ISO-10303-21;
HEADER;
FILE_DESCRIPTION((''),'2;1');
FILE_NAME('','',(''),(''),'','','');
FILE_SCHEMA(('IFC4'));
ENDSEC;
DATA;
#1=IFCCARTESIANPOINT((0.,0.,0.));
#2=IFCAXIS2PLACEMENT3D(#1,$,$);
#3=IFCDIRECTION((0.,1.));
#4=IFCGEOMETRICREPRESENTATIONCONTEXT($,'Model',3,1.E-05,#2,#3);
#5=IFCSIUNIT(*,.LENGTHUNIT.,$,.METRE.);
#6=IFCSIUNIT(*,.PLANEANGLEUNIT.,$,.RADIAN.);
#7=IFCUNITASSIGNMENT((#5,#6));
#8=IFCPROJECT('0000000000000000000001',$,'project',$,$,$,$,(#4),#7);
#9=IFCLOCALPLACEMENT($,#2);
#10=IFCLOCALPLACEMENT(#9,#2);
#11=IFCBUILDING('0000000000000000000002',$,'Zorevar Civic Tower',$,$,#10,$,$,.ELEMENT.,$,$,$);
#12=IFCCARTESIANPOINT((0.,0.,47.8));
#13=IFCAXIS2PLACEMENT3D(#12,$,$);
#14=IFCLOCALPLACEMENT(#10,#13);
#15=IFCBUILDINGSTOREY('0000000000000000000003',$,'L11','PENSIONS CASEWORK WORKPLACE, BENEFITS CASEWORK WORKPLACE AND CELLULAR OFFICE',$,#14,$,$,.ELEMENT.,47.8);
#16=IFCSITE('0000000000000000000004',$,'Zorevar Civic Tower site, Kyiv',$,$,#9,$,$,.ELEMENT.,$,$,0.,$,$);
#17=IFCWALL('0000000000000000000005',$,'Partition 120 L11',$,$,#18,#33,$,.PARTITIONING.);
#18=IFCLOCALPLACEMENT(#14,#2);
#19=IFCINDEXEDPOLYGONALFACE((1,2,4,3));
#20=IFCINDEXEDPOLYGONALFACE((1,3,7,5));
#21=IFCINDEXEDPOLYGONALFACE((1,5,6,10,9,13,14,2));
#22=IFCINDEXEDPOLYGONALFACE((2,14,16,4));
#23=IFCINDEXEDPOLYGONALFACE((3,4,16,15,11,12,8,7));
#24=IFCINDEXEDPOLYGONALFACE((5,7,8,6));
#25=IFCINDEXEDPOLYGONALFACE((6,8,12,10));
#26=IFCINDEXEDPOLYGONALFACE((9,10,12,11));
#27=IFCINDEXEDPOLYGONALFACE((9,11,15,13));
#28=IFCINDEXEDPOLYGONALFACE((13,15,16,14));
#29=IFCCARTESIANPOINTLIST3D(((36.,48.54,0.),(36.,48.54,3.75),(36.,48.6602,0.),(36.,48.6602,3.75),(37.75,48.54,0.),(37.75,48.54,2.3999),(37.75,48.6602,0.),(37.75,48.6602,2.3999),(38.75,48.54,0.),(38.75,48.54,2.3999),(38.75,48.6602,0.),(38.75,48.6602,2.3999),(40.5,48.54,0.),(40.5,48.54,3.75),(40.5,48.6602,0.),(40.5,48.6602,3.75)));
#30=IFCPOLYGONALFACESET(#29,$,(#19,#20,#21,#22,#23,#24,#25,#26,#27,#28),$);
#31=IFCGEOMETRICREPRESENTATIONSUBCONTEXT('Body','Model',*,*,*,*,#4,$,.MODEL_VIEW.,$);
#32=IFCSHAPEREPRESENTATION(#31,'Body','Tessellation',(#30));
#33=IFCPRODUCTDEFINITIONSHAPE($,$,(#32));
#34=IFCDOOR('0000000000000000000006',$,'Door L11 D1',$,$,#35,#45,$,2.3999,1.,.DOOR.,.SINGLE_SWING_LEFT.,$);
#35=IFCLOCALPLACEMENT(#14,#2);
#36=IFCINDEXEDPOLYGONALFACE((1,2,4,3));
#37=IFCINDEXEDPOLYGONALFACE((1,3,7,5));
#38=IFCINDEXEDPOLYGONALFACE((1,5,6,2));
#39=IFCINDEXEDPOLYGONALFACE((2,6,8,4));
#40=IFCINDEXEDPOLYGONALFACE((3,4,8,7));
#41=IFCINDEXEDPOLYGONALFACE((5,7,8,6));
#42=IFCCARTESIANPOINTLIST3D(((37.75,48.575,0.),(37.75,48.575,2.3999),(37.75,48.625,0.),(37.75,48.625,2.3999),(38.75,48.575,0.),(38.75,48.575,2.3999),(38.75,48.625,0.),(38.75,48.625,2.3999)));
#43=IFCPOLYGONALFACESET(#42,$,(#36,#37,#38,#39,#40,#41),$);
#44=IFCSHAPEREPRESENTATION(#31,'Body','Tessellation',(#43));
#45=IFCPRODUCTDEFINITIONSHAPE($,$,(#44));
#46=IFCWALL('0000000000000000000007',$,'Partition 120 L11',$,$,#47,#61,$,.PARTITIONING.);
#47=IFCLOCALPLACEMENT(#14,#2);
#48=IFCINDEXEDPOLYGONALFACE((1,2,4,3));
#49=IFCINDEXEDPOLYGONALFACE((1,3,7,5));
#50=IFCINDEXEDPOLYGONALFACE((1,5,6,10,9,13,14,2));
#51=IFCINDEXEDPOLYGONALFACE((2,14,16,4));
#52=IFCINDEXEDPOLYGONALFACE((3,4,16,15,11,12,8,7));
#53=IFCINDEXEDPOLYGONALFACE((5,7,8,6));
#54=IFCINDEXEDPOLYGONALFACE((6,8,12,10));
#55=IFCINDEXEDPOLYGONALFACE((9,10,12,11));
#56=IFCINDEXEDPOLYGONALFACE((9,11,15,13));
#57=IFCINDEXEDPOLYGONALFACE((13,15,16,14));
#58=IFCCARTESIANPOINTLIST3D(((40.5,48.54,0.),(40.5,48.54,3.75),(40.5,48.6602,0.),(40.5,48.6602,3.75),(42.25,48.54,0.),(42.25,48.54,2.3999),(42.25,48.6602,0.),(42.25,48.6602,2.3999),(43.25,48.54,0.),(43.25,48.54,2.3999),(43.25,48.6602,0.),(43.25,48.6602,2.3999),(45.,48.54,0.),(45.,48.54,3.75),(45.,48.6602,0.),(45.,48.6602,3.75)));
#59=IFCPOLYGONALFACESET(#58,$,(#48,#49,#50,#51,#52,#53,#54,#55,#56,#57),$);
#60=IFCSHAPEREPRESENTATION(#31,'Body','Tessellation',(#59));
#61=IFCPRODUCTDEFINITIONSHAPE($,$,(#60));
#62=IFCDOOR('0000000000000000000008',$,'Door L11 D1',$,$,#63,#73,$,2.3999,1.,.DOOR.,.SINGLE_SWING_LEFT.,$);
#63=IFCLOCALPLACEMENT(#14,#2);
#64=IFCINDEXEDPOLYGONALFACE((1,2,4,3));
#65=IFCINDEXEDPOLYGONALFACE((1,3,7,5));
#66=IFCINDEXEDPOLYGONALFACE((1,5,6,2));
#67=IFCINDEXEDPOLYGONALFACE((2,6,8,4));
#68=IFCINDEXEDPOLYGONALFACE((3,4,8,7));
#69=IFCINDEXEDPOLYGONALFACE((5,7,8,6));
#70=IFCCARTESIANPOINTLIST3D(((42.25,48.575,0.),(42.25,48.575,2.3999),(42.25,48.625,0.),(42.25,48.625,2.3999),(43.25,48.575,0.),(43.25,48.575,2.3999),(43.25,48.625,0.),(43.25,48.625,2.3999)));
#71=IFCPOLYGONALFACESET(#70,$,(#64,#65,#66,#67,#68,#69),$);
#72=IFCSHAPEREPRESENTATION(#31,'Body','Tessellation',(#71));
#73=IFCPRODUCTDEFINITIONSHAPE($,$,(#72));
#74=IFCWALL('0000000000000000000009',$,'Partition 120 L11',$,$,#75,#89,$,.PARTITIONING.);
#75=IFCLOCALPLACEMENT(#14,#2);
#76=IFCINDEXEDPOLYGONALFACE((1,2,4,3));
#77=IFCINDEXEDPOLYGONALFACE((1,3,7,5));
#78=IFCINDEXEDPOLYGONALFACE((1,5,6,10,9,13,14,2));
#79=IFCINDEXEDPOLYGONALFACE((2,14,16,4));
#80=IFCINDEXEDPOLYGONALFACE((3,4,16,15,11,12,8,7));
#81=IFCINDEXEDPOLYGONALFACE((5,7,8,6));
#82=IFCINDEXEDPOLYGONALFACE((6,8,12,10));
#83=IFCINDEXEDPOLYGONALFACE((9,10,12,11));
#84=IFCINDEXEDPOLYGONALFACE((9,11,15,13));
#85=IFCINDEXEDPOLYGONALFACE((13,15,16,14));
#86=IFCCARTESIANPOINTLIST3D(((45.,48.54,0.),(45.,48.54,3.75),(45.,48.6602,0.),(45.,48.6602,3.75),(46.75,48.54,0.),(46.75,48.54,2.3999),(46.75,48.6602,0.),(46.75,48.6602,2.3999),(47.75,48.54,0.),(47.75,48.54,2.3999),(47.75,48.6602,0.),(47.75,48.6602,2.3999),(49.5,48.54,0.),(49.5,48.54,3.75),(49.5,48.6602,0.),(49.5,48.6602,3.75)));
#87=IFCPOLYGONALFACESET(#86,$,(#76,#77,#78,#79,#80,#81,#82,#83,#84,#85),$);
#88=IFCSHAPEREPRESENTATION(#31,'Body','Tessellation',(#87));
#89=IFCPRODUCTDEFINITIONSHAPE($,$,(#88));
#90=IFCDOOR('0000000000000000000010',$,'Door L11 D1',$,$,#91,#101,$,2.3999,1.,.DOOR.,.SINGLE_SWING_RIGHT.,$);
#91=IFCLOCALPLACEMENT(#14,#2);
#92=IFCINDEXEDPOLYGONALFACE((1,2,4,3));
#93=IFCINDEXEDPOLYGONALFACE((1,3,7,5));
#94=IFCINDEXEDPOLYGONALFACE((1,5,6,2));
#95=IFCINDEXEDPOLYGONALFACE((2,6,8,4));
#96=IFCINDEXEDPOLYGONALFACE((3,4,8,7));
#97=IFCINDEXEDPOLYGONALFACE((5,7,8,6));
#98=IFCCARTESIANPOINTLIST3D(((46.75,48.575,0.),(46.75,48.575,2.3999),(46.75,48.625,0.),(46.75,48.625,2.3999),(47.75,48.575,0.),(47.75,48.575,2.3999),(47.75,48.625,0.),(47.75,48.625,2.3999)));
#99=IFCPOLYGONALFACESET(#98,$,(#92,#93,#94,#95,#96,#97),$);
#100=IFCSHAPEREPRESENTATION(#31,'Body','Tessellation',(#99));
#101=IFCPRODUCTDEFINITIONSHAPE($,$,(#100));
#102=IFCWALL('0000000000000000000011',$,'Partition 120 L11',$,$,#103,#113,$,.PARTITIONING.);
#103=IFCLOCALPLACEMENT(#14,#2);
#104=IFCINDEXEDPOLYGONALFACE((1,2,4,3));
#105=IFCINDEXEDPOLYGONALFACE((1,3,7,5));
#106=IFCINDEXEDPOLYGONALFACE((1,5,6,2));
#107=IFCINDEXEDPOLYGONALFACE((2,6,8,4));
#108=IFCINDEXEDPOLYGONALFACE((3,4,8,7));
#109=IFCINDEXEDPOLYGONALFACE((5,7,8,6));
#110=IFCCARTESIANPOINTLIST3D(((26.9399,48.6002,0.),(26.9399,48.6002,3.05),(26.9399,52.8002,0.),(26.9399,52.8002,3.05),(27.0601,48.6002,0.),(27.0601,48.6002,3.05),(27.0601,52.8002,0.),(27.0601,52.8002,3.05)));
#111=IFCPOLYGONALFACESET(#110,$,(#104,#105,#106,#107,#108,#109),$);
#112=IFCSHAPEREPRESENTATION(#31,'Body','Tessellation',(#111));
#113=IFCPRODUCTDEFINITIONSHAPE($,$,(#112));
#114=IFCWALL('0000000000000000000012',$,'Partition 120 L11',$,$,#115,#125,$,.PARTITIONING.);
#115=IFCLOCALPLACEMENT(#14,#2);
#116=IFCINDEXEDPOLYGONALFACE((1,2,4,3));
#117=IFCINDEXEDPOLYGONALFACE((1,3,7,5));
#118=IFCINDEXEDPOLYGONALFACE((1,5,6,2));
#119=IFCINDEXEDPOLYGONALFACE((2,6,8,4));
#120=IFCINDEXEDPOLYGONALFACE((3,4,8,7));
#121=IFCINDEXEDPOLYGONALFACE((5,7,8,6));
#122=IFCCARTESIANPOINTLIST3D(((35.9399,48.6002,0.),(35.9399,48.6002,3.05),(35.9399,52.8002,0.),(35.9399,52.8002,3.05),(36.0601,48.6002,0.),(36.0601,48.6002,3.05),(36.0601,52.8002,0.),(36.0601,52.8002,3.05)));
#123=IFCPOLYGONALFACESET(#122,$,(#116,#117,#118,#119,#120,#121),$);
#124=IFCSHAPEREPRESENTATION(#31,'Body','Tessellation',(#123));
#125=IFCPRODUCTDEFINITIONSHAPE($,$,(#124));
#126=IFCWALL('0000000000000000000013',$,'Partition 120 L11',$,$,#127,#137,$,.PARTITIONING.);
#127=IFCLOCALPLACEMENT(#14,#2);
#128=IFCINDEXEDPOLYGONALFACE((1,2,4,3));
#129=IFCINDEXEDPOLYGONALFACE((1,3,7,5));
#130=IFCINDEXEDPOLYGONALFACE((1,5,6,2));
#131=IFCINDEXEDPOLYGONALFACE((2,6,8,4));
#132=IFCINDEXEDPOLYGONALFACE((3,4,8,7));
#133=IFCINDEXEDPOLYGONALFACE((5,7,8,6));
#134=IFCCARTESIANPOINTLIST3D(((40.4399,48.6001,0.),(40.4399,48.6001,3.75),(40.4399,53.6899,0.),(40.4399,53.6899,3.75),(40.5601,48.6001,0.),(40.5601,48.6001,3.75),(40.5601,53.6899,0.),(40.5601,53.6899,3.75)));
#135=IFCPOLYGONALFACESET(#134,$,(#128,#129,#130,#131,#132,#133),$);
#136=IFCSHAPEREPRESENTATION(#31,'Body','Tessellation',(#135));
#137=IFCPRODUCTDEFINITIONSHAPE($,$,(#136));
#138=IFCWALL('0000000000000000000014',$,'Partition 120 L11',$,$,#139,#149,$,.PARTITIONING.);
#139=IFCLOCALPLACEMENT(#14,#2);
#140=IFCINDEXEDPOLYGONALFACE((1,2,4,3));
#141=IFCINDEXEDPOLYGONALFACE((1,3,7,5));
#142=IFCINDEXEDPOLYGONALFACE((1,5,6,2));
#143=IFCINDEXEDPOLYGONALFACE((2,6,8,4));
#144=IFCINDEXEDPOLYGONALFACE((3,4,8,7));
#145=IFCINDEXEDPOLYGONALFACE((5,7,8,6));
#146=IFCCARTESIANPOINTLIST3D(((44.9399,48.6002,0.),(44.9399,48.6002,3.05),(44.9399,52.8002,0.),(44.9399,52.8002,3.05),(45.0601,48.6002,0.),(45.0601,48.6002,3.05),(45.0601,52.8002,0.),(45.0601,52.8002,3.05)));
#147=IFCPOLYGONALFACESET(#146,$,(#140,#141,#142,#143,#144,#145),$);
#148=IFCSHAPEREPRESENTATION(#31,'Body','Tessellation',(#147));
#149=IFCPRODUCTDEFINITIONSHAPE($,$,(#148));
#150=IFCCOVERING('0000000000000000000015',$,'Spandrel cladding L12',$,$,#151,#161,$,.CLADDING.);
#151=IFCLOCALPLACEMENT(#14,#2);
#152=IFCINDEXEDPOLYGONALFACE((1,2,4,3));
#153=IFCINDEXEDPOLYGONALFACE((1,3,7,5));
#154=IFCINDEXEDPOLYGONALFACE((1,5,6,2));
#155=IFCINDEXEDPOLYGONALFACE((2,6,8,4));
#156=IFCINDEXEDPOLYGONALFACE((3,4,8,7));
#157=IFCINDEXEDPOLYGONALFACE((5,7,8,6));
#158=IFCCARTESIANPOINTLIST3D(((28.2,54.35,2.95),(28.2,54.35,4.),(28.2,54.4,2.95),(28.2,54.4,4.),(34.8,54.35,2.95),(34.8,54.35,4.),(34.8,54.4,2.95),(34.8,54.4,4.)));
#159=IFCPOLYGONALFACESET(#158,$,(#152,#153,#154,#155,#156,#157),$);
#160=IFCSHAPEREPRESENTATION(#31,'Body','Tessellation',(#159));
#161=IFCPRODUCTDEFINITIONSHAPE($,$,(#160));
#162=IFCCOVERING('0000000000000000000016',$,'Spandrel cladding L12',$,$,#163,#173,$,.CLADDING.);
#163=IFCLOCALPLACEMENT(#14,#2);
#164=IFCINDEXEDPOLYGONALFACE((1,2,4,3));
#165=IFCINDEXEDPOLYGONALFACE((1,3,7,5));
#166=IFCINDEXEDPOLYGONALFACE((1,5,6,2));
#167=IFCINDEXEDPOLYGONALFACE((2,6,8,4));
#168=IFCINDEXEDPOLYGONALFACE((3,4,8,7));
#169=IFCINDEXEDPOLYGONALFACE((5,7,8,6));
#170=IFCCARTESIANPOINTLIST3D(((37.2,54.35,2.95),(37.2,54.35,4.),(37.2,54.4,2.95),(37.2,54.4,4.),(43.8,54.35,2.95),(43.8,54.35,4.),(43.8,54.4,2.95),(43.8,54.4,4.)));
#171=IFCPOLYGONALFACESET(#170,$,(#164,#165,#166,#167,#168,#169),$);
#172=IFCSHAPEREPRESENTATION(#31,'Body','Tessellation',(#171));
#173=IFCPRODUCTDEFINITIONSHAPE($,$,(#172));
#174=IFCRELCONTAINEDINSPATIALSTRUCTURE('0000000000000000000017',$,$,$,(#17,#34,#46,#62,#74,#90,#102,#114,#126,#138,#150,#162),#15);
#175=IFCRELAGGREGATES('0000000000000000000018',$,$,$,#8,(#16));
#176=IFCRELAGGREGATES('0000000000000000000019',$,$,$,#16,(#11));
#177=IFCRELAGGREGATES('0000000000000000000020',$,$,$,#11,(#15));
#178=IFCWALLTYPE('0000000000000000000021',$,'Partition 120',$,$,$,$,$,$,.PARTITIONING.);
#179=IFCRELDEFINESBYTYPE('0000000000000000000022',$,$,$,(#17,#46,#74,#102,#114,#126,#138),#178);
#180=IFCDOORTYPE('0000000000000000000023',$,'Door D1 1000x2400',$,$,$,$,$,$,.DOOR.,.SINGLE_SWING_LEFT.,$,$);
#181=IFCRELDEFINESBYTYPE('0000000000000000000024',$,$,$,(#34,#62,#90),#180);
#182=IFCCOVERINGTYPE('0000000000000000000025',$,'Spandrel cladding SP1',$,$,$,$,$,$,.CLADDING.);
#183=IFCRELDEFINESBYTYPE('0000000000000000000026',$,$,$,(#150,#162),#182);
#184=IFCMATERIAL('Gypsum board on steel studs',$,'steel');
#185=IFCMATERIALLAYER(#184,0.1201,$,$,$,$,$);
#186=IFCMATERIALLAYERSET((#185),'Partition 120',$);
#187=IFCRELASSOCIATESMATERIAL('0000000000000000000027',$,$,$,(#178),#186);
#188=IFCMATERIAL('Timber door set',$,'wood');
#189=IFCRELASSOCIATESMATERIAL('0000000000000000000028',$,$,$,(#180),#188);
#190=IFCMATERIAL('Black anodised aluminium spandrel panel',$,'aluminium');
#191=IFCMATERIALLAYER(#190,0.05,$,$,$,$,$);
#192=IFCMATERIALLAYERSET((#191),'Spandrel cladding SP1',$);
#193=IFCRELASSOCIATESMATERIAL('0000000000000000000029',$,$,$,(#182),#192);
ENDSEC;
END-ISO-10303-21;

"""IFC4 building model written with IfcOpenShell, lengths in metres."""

from ifc_helpers import new_model, si_unit, direction, frame, frame_2d, origin, place, context, subcontext, project, spatial, rectangle, extrude, material, layer, layer_set, type_object, element, fill, save


model = new_model("IFC4")

# Units and contexts
model_context = context("Model", 3, precision=1e-05, world=origin(), true_north=direction((0.0, 1.0)))
body_context = subcontext(model_context, "Body", "Model", "MODEL_VIEW")
ifc_project = project(units=[si_unit("LENGTHUNIT", "METRE"), si_unit("PLANEANGLEUNIT", "RADIAN")], contexts=[model_context])

# Site, building, storey
site_placement = place(None, origin())
site = spatial("IfcSite", under=ifc_project, at=site_placement, Name="Zorevar Civic Tower site, Kyiv", CompositionType="ELEMENT", RefElevation=0.0)
building_placement = place(site_placement, origin())
building = spatial("IfcBuilding", under=site, at=building_placement, Name="Zorevar Civic Tower", CompositionType="ELEMENT")
storey_placement = place(building_placement, frame((0.0, 0.0, 47.8)))
storey = spatial("IfcBuildingStorey", under=building, at=storey_placement, Name="L11", Description="PENSIONS CASEWORK WORKPLACE, BENEFITS CASEWORK WORKPLACE AND CELLULAR OFFICE", CompositionType="ELEMENT", Elevation=47.8)

# Walls, openings, doors
ifc_material_1 = material(Name="Gypsum board on steel studs", Category="steel")
ifc_layer_1 = layer(ifc_material_1, 0.1201)
ifc_layer_set_1 = layer_set([ifc_layer_1], Name="Partition 120")
wall_type = type_object("IfcWallType", Name="Partition 120", PredefinedType="PARTITIONING", material=ifc_layer_set_1)
ifc_material_2 = material(Name="Timber door set", Category="wood")
door_type = type_object("IfcDoorType", Name="Door D1 1000x2400", OperationType="SINGLE_SWING_LEFT", PredefinedType="DOOR", material=ifc_material_2)
wall_1_placement = place(storey_placement, frame((36.0, 48.6001, 0.0), z_axis=(0.0, 0.0, 1.0), x_axis=(1.0, 0.0, 0.0)))
wall_1 = element("IfcWall", 1, at=wall_1_placement, inside=storey, type_object=wall_type, Name="Partition 120 L11", PredefinedType="PARTITIONING", context=body_context, shape_type="SweptSolid", body=[
    extrude(rectangle(XDim=4.5, YDim=0.1201, at=frame_2d((2.25, 0.0))), origin(), (0.0, 0.0, 1.0), 3.75),
])
opening_1_placement = place(wall_1_placement, frame((1.75, 0.0, 0.0)))
opening_1 = element("IfcOpeningElement", 2, at=opening_1_placement, cuts=wall_1, PredefinedType="OPENING", context=body_context, shape_type="SweptSolid", body=[
    extrude(rectangle(XDim=1.0, YDim=2.3999, at=frame_2d((0.5, 1.2))), frame((0.0, 0.0701, 0.0), z_axis=(0.0, -1.0, 0.0), x_axis=(1.0, 0.0, 0.0)), (0.0, 0.0, 1.0), 0.1401),
])
door_1_placement = place(opening_1_placement, origin())
door_1 = element("IfcDoor", 3, at=door_1_placement, inside=storey, type_object=door_type, Name="Door L11 D1", OperationType="SINGLE_SWING_LEFT", OverallHeight=2.3999, OverallWidth=1.0, PredefinedType="DOOR", context=body_context, shape_type="SweptSolid", body=[
    extrude(rectangle(XDim=1.0, YDim=2.3999, at=frame_2d((0.5, 1.2))), frame((0.0, 0.0249, 0.0), z_axis=(0.0, -1.0, 0.0), x_axis=(1.0, 0.0, 0.0)), (0.0, 0.0, 1.0), 0.05),
])
fill(opening_1, door_1)
wall_2_placement = place(storey_placement, frame((40.5, 48.6001, 0.0), z_axis=(0.0, 0.0, 1.0), x_axis=(1.0, 0.0, 0.0)))
wall_2 = element("IfcWall", 4, at=wall_2_placement, inside=storey, type_object=wall_type, Name="Partition 120 L11", PredefinedType="PARTITIONING", context=body_context, shape_type="SweptSolid", body=[
    extrude(rectangle(XDim=4.5, YDim=0.1201, at=frame_2d((2.25, 0.0))), origin(), (0.0, 0.0, 1.0), 3.75),
])
opening_2_placement = place(wall_2_placement, frame((1.75, 0.0, 0.0)))
opening_2 = element("IfcOpeningElement", 5, at=opening_2_placement, cuts=wall_2, PredefinedType="OPENING", context=body_context, shape_type="SweptSolid", body=[
    extrude(rectangle(XDim=1.0, YDim=2.3999, at=frame_2d((0.5, 1.2))), frame((0.0, 0.0701, 0.0), z_axis=(0.0, -1.0, 0.0), x_axis=(1.0, 0.0, 0.0)), (0.0, 0.0, 1.0), 0.1401),
])
door_2_placement = place(opening_2_placement, origin())
door_2 = element("IfcDoor", 6, at=door_2_placement, inside=storey, type_object=door_type, Name="Door L11 D1", OperationType="SINGLE_SWING_LEFT", OverallHeight=2.3999, OverallWidth=1.0, PredefinedType="DOOR", context=body_context, shape_type="SweptSolid", body=[
    extrude(rectangle(XDim=1.0, YDim=2.3999, at=frame_2d((0.5, 1.2))), frame((0.0, 0.0249, 0.0), z_axis=(0.0, -1.0, 0.0), x_axis=(1.0, 0.0, 0.0)), (0.0, 0.0, 1.0), 0.05),
])
fill(opening_2, door_2)
wall_3_placement = place(storey_placement, frame((45.0, 48.6001, 0.0), z_axis=(0.0, 0.0, 1.0), x_axis=(1.0, 0.0, 0.0)))
wall_3 = element("IfcWall", 7, at=wall_3_placement, inside=storey, type_object=wall_type, Name="Partition 120 L11", PredefinedType="PARTITIONING", context=body_context, shape_type="SweptSolid", body=[
    extrude(rectangle(XDim=4.5, YDim=0.1201, at=frame_2d((2.25, 0.0))), origin(), (0.0, 0.0, 1.0), 3.75),
])
opening_3_placement = place(wall_3_placement, frame((1.75, 0.0, 0.0)))
opening_3 = element("IfcOpeningElement", 8, at=opening_3_placement, cuts=wall_3, PredefinedType="OPENING", context=body_context, shape_type="SweptSolid", body=[
    extrude(rectangle(XDim=1.0, YDim=2.3999, at=frame_2d((0.5, 1.2))), frame((0.0, 0.0701, 0.0), z_axis=(0.0, -1.0, 0.0), x_axis=(1.0, 0.0, 0.0)), (0.0, 0.0, 1.0), 0.1401),
])
door_3_placement = place(opening_3_placement, origin())
door_3 = element("IfcDoor", 9, at=door_3_placement, inside=storey, type_object=door_type, Name="Door L11 D1", OperationType="SINGLE_SWING_RIGHT", OverallHeight=2.3999, OverallWidth=1.0, PredefinedType="DOOR", context=body_context, shape_type="SweptSolid", body=[
    extrude(rectangle(XDim=1.0, YDim=2.3999, at=frame_2d((0.5, 1.2))), frame((0.0, 0.0249, 0.0), z_axis=(0.0, -1.0, 0.0), x_axis=(1.0, 0.0, 0.0)), (0.0, 0.0, 1.0), 0.05),
])
fill(opening_3, door_3)

# Walls
for number, where, z_axis, x_axis, name in (
    (10, (27.0, 48.6001, 0.0), (0.0, 0.0, 1.0), (0.0, 1.0, 0.0), "Partition 120 L11"),
    (11, (36.0, 48.6001, 0.0), (0.0, 0.0, 1.0), (0.0, 1.0, 0.0), "Partition 120 L11"),
):
    element("IfcWall", number, at=place(storey_placement, frame(where, z_axis=z_axis, x_axis=x_axis)), inside=storey, type_object=wall_type, Name=name, PredefinedType="PARTITIONING", context=body_context, shape_type="SweptSolid", body=[
        extrude(rectangle(XDim=4.2, YDim=0.1201, at=frame_2d((2.1001, 0.0))), origin(), (0.0, 0.0, 1.0), 3.05),
    ])
wall_4_placement = place(storey_placement, frame((40.5, 48.6001, 0.0), z_axis=(0.0, 0.0, 1.0), x_axis=(0.0, 1.0, 0.0)))
element("IfcWall", 12, at=wall_4_placement, inside=storey, type_object=wall_type, Name="Partition 120 L11", PredefinedType="PARTITIONING", context=body_context, shape_type="SweptSolid", body=[
    extrude(rectangle(XDim=5.0898, YDim=0.1201, at=frame_2d((2.5449, 0.0))), origin(), (0.0, 0.0, 1.0), 3.75),
])
wall_5_placement = place(storey_placement, frame((45.0, 48.6001, 0.0), z_axis=(0.0, 0.0, 1.0), x_axis=(0.0, 1.0, 0.0)))
element("IfcWall", 13, at=wall_5_placement, inside=storey, type_object=wall_type, Name="Partition 120 L11", PredefinedType="PARTITIONING", context=body_context, shape_type="SweptSolid", body=[
    extrude(rectangle(XDim=4.2, YDim=0.1201, at=frame_2d((2.1001, 0.0))), origin(), (0.0, 0.0, 1.0), 3.05),
])

# Coverings
ifc_material_3 = material(Name="Black anodised aluminium spandrel panel", Category="aluminium")
ifc_layer_2 = layer(ifc_material_3, 0.05)
ifc_layer_set_2 = layer_set([ifc_layer_2], Name="Spandrel cladding SP1")
covering_type = type_object("IfcCoveringType", Name="Spandrel cladding SP1", PredefinedType="CLADDING", material=ifc_layer_set_2)
for number, where, z_axis, x_axis, name in (
    (14, (28.2, 54.375, 2.95), (0.0, 0.0, 1.0), (1.0, 0.0, 0.0), "Spandrel cladding L12"),
    (15, (37.2, 54.375, 2.95), (0.0, 0.0, 1.0), (1.0, 0.0, 0.0), "Spandrel cladding L12"),
):
    element("IfcCovering", number, at=place(storey_placement, frame(where, z_axis=z_axis, x_axis=x_axis)), inside=storey, type_object=covering_type, Name=name, PredefinedType="CLADDING", context=body_context, shape_type="SweptSolid", body=[
        extrude(rectangle(XDim=6.6001, YDim=0.05, at=frame_2d((3.3, 0.0))), origin(), (0.0, 0.0, 1.0), 1.05),
    ])

save(model, "model.ifc")
